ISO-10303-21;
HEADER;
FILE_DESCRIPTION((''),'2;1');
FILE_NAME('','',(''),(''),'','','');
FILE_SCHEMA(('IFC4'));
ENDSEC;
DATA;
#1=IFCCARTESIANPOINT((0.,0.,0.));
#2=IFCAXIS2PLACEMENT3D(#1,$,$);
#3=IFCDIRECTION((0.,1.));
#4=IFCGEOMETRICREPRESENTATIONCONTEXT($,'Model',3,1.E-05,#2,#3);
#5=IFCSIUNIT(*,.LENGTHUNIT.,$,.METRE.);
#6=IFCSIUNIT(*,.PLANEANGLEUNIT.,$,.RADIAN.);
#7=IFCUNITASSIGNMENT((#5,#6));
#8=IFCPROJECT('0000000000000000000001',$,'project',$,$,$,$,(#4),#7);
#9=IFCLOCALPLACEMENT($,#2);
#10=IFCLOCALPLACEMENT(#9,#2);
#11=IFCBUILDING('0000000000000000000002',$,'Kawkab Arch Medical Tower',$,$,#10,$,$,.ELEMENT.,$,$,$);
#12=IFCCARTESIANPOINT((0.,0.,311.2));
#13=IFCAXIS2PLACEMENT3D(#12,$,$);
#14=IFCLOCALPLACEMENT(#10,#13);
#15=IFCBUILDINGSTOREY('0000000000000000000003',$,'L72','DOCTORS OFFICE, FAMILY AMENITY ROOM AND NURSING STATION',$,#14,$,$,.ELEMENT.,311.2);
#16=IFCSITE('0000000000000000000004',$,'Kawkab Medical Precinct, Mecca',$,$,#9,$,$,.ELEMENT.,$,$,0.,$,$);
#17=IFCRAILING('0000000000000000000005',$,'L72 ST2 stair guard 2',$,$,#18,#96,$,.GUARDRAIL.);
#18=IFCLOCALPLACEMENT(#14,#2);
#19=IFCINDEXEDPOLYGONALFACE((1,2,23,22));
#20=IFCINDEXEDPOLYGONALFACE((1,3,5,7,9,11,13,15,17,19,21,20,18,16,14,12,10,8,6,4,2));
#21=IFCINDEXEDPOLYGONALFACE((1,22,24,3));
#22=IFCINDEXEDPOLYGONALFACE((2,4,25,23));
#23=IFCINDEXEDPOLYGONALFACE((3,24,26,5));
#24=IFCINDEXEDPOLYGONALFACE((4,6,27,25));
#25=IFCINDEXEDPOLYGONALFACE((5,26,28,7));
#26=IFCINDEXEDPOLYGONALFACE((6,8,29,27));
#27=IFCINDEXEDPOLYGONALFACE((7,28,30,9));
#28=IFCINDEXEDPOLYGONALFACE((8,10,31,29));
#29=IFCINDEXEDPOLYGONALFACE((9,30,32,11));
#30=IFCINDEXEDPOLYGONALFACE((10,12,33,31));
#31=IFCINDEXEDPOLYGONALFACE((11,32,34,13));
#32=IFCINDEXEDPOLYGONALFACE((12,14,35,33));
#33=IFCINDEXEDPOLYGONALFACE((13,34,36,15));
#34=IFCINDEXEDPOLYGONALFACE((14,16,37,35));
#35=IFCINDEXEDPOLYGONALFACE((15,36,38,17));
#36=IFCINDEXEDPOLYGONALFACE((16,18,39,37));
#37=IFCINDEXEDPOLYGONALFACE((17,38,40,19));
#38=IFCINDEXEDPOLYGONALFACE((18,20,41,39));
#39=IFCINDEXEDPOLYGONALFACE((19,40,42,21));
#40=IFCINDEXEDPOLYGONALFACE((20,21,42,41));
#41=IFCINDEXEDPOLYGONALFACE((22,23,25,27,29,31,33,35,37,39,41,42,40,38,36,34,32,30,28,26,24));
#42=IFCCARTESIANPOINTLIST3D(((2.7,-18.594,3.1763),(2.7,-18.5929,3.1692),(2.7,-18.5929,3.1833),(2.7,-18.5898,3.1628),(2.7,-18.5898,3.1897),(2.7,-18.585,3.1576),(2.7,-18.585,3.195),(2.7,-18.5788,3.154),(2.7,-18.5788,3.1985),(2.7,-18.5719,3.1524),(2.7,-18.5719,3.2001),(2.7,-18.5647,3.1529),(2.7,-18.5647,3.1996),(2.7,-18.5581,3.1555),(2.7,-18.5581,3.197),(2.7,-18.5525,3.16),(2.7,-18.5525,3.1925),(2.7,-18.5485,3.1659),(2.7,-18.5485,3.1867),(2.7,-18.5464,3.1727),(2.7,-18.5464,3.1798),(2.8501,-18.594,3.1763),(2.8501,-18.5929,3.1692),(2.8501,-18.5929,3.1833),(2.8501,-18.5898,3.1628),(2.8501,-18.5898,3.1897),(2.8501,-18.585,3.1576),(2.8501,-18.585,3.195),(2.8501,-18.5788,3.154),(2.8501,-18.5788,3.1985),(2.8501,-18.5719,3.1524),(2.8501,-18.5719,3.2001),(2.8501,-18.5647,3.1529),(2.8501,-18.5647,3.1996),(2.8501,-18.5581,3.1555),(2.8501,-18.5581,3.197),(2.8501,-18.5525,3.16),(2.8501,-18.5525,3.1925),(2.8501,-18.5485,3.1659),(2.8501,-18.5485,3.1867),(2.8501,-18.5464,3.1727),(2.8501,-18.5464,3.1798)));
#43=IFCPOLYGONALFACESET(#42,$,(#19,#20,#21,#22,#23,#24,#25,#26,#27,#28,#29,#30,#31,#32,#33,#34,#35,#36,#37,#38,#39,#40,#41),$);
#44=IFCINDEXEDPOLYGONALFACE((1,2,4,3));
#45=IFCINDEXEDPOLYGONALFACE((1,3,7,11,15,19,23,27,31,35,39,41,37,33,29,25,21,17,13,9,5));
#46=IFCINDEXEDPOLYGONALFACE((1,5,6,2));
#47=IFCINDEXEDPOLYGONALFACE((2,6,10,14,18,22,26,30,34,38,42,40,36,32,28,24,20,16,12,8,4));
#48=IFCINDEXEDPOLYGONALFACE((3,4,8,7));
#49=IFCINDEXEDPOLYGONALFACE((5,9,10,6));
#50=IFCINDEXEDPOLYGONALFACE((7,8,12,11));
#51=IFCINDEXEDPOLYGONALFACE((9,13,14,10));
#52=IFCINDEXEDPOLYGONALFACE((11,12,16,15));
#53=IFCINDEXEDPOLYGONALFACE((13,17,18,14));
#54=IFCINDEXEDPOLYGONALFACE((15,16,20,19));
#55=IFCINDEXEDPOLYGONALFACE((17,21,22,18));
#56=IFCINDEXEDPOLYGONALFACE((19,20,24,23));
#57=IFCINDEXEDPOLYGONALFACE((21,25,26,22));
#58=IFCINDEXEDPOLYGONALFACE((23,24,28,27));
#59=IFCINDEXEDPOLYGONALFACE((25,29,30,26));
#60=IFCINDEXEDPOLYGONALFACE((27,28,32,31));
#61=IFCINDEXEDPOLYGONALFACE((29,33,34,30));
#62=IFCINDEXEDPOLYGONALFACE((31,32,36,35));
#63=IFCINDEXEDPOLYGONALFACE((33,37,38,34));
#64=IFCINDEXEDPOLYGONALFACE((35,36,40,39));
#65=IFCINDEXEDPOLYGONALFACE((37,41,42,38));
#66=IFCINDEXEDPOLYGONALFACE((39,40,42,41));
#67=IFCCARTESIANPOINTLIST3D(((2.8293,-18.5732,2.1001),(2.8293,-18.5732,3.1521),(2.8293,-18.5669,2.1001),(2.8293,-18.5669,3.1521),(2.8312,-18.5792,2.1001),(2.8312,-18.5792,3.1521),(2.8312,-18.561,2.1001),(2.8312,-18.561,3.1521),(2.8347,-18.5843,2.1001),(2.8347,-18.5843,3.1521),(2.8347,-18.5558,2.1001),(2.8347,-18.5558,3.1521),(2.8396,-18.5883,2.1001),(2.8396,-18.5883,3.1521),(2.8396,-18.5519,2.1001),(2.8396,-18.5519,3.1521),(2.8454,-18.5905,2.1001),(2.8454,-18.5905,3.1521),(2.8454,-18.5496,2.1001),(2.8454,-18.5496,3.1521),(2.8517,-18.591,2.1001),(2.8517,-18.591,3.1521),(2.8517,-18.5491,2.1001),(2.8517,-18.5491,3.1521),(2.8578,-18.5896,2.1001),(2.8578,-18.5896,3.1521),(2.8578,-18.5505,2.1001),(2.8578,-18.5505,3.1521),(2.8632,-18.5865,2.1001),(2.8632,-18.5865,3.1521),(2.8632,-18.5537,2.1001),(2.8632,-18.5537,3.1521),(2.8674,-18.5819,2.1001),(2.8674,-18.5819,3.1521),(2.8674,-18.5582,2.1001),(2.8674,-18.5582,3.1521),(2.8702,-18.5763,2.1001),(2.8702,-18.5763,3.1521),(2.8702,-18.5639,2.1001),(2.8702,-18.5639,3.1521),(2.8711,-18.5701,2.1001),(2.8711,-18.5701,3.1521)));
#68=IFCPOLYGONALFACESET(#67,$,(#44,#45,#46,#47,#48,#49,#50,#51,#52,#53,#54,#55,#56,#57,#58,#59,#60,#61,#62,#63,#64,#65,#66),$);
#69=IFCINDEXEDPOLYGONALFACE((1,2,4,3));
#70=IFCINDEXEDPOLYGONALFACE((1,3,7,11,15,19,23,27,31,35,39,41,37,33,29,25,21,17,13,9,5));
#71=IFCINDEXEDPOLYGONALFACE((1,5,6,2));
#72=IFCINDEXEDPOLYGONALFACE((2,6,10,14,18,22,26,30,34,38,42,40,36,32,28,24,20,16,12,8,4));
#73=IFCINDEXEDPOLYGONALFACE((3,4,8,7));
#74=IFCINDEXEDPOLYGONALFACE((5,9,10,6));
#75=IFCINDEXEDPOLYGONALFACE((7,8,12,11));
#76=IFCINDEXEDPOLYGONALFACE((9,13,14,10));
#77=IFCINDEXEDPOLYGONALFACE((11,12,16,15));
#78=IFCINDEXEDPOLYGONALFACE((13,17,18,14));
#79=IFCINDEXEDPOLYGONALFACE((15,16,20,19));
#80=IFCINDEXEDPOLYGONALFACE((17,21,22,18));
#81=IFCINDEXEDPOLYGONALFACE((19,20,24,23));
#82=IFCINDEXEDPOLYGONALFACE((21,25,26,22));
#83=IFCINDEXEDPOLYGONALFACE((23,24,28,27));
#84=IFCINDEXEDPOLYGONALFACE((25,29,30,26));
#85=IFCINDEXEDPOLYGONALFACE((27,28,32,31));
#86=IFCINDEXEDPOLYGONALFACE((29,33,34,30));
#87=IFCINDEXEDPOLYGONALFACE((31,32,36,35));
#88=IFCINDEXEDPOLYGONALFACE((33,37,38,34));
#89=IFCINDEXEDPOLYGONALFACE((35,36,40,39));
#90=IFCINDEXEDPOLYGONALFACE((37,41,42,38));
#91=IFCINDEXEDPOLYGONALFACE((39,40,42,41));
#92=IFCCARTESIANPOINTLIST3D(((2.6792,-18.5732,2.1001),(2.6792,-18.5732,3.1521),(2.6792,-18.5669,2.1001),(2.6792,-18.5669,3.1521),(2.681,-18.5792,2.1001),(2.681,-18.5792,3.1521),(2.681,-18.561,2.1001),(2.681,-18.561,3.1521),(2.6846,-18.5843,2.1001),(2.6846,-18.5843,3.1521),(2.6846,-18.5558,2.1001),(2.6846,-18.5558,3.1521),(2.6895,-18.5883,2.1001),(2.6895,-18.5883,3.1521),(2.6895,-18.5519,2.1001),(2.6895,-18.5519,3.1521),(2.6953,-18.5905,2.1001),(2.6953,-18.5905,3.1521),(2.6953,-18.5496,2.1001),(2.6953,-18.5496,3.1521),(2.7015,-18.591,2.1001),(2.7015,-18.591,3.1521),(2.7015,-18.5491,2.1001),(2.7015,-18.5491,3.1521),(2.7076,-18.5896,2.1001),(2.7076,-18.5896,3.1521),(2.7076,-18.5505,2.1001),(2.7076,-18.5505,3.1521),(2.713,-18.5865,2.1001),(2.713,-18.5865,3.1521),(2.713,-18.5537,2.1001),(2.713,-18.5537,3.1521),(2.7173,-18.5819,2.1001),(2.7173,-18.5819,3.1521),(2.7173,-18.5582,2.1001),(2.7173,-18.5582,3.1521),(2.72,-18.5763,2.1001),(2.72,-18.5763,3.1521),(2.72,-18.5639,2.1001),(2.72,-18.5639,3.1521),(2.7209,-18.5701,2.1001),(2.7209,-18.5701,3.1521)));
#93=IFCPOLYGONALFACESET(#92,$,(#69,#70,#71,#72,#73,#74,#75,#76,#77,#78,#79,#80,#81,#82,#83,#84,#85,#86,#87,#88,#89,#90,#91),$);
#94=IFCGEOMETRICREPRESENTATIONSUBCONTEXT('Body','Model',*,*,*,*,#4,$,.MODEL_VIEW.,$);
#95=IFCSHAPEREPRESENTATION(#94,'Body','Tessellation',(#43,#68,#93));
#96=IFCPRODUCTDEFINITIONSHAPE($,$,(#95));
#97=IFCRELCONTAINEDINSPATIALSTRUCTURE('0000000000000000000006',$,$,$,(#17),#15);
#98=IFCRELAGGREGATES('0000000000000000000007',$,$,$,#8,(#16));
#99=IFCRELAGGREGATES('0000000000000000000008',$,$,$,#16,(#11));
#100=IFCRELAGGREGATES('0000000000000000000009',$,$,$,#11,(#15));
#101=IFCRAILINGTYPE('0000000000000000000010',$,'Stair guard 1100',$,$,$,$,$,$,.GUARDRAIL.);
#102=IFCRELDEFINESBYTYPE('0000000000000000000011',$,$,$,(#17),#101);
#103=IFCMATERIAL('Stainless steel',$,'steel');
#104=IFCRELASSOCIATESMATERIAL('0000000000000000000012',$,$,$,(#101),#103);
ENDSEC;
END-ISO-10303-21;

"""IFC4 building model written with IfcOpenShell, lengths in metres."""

from ifc_helpers import new_model, si_unit, direction, frame, origin, origin_2d, place, context, subcontext, project, spatial, circle, extrude, material, type_object, element, save


model = new_model("IFC4")

# Units and contexts
model_context = context("Model", 3, precision=1e-05, world=origin(), true_north=direction((0.0, 1.0)))
body_context = subcontext(model_context, "Body", "Model", "MODEL_VIEW")
ifc_project = project(units=[si_unit("LENGTHUNIT", "METRE"), si_unit("PLANEANGLEUNIT", "RADIAN")], contexts=[model_context])

# Site, building, storey
site_placement = place(None, origin())
site = spatial("IfcSite", under=ifc_project, at=site_placement, Name="Kawkab Medical Precinct, Mecca", CompositionType="ELEMENT", RefElevation=0.0)
building_placement = place(site_placement, origin())
building = spatial("IfcBuilding", under=site, at=building_placement, Name="Kawkab Arch Medical Tower", CompositionType="ELEMENT")
storey_placement = place(building_placement, frame((0.0, 0.0, 311.2)))
storey = spatial("IfcBuildingStorey", under=building, at=storey_placement, Name="L72", Description="DOCTORS OFFICE, FAMILY AMENITY ROOM AND NURSING STATION", CompositionType="ELEMENT", Elevation=311.2)

# Railing
ifc_material_1 = material(Name="Stainless steel", Category="steel")
railing_type = type_object("IfcRailingType", Name="Stair guard 1100", PredefinedType="GUARDRAIL", material=ifc_material_1)
railing_1_placement = place(storey_placement, frame((2.8501, -18.5701, 2.1001)))
element("IfcRailing", 1, at=railing_1_placement, inside=storey, type_object=railing_type, Name="L72 ST2 stair guard 2", PredefinedType="GUARDRAIL", context=body_context, shape_type="SweptSolid", body=[
    extrude(circle(Radius=0.0239, at=origin_2d()), frame((0.0, 0.0, 1.0762), z_axis=(-1.0, 0.0, 0.0), x_axis=(0.0, -1.0, 0.0)), (0.0, 0.0, 1.0), 0.1501),
    extrude(circle(Radius=0.021, at=origin_2d()), origin(), (0.0, 0.0, 1.0), 1.052),
    extrude(circle(Radius=0.021, at=origin_2d()), frame((-0.1501, 0.0, 0.0)), (0.0, 0.0, 1.0), 1.052),
])

save(model, "model.ifc")
